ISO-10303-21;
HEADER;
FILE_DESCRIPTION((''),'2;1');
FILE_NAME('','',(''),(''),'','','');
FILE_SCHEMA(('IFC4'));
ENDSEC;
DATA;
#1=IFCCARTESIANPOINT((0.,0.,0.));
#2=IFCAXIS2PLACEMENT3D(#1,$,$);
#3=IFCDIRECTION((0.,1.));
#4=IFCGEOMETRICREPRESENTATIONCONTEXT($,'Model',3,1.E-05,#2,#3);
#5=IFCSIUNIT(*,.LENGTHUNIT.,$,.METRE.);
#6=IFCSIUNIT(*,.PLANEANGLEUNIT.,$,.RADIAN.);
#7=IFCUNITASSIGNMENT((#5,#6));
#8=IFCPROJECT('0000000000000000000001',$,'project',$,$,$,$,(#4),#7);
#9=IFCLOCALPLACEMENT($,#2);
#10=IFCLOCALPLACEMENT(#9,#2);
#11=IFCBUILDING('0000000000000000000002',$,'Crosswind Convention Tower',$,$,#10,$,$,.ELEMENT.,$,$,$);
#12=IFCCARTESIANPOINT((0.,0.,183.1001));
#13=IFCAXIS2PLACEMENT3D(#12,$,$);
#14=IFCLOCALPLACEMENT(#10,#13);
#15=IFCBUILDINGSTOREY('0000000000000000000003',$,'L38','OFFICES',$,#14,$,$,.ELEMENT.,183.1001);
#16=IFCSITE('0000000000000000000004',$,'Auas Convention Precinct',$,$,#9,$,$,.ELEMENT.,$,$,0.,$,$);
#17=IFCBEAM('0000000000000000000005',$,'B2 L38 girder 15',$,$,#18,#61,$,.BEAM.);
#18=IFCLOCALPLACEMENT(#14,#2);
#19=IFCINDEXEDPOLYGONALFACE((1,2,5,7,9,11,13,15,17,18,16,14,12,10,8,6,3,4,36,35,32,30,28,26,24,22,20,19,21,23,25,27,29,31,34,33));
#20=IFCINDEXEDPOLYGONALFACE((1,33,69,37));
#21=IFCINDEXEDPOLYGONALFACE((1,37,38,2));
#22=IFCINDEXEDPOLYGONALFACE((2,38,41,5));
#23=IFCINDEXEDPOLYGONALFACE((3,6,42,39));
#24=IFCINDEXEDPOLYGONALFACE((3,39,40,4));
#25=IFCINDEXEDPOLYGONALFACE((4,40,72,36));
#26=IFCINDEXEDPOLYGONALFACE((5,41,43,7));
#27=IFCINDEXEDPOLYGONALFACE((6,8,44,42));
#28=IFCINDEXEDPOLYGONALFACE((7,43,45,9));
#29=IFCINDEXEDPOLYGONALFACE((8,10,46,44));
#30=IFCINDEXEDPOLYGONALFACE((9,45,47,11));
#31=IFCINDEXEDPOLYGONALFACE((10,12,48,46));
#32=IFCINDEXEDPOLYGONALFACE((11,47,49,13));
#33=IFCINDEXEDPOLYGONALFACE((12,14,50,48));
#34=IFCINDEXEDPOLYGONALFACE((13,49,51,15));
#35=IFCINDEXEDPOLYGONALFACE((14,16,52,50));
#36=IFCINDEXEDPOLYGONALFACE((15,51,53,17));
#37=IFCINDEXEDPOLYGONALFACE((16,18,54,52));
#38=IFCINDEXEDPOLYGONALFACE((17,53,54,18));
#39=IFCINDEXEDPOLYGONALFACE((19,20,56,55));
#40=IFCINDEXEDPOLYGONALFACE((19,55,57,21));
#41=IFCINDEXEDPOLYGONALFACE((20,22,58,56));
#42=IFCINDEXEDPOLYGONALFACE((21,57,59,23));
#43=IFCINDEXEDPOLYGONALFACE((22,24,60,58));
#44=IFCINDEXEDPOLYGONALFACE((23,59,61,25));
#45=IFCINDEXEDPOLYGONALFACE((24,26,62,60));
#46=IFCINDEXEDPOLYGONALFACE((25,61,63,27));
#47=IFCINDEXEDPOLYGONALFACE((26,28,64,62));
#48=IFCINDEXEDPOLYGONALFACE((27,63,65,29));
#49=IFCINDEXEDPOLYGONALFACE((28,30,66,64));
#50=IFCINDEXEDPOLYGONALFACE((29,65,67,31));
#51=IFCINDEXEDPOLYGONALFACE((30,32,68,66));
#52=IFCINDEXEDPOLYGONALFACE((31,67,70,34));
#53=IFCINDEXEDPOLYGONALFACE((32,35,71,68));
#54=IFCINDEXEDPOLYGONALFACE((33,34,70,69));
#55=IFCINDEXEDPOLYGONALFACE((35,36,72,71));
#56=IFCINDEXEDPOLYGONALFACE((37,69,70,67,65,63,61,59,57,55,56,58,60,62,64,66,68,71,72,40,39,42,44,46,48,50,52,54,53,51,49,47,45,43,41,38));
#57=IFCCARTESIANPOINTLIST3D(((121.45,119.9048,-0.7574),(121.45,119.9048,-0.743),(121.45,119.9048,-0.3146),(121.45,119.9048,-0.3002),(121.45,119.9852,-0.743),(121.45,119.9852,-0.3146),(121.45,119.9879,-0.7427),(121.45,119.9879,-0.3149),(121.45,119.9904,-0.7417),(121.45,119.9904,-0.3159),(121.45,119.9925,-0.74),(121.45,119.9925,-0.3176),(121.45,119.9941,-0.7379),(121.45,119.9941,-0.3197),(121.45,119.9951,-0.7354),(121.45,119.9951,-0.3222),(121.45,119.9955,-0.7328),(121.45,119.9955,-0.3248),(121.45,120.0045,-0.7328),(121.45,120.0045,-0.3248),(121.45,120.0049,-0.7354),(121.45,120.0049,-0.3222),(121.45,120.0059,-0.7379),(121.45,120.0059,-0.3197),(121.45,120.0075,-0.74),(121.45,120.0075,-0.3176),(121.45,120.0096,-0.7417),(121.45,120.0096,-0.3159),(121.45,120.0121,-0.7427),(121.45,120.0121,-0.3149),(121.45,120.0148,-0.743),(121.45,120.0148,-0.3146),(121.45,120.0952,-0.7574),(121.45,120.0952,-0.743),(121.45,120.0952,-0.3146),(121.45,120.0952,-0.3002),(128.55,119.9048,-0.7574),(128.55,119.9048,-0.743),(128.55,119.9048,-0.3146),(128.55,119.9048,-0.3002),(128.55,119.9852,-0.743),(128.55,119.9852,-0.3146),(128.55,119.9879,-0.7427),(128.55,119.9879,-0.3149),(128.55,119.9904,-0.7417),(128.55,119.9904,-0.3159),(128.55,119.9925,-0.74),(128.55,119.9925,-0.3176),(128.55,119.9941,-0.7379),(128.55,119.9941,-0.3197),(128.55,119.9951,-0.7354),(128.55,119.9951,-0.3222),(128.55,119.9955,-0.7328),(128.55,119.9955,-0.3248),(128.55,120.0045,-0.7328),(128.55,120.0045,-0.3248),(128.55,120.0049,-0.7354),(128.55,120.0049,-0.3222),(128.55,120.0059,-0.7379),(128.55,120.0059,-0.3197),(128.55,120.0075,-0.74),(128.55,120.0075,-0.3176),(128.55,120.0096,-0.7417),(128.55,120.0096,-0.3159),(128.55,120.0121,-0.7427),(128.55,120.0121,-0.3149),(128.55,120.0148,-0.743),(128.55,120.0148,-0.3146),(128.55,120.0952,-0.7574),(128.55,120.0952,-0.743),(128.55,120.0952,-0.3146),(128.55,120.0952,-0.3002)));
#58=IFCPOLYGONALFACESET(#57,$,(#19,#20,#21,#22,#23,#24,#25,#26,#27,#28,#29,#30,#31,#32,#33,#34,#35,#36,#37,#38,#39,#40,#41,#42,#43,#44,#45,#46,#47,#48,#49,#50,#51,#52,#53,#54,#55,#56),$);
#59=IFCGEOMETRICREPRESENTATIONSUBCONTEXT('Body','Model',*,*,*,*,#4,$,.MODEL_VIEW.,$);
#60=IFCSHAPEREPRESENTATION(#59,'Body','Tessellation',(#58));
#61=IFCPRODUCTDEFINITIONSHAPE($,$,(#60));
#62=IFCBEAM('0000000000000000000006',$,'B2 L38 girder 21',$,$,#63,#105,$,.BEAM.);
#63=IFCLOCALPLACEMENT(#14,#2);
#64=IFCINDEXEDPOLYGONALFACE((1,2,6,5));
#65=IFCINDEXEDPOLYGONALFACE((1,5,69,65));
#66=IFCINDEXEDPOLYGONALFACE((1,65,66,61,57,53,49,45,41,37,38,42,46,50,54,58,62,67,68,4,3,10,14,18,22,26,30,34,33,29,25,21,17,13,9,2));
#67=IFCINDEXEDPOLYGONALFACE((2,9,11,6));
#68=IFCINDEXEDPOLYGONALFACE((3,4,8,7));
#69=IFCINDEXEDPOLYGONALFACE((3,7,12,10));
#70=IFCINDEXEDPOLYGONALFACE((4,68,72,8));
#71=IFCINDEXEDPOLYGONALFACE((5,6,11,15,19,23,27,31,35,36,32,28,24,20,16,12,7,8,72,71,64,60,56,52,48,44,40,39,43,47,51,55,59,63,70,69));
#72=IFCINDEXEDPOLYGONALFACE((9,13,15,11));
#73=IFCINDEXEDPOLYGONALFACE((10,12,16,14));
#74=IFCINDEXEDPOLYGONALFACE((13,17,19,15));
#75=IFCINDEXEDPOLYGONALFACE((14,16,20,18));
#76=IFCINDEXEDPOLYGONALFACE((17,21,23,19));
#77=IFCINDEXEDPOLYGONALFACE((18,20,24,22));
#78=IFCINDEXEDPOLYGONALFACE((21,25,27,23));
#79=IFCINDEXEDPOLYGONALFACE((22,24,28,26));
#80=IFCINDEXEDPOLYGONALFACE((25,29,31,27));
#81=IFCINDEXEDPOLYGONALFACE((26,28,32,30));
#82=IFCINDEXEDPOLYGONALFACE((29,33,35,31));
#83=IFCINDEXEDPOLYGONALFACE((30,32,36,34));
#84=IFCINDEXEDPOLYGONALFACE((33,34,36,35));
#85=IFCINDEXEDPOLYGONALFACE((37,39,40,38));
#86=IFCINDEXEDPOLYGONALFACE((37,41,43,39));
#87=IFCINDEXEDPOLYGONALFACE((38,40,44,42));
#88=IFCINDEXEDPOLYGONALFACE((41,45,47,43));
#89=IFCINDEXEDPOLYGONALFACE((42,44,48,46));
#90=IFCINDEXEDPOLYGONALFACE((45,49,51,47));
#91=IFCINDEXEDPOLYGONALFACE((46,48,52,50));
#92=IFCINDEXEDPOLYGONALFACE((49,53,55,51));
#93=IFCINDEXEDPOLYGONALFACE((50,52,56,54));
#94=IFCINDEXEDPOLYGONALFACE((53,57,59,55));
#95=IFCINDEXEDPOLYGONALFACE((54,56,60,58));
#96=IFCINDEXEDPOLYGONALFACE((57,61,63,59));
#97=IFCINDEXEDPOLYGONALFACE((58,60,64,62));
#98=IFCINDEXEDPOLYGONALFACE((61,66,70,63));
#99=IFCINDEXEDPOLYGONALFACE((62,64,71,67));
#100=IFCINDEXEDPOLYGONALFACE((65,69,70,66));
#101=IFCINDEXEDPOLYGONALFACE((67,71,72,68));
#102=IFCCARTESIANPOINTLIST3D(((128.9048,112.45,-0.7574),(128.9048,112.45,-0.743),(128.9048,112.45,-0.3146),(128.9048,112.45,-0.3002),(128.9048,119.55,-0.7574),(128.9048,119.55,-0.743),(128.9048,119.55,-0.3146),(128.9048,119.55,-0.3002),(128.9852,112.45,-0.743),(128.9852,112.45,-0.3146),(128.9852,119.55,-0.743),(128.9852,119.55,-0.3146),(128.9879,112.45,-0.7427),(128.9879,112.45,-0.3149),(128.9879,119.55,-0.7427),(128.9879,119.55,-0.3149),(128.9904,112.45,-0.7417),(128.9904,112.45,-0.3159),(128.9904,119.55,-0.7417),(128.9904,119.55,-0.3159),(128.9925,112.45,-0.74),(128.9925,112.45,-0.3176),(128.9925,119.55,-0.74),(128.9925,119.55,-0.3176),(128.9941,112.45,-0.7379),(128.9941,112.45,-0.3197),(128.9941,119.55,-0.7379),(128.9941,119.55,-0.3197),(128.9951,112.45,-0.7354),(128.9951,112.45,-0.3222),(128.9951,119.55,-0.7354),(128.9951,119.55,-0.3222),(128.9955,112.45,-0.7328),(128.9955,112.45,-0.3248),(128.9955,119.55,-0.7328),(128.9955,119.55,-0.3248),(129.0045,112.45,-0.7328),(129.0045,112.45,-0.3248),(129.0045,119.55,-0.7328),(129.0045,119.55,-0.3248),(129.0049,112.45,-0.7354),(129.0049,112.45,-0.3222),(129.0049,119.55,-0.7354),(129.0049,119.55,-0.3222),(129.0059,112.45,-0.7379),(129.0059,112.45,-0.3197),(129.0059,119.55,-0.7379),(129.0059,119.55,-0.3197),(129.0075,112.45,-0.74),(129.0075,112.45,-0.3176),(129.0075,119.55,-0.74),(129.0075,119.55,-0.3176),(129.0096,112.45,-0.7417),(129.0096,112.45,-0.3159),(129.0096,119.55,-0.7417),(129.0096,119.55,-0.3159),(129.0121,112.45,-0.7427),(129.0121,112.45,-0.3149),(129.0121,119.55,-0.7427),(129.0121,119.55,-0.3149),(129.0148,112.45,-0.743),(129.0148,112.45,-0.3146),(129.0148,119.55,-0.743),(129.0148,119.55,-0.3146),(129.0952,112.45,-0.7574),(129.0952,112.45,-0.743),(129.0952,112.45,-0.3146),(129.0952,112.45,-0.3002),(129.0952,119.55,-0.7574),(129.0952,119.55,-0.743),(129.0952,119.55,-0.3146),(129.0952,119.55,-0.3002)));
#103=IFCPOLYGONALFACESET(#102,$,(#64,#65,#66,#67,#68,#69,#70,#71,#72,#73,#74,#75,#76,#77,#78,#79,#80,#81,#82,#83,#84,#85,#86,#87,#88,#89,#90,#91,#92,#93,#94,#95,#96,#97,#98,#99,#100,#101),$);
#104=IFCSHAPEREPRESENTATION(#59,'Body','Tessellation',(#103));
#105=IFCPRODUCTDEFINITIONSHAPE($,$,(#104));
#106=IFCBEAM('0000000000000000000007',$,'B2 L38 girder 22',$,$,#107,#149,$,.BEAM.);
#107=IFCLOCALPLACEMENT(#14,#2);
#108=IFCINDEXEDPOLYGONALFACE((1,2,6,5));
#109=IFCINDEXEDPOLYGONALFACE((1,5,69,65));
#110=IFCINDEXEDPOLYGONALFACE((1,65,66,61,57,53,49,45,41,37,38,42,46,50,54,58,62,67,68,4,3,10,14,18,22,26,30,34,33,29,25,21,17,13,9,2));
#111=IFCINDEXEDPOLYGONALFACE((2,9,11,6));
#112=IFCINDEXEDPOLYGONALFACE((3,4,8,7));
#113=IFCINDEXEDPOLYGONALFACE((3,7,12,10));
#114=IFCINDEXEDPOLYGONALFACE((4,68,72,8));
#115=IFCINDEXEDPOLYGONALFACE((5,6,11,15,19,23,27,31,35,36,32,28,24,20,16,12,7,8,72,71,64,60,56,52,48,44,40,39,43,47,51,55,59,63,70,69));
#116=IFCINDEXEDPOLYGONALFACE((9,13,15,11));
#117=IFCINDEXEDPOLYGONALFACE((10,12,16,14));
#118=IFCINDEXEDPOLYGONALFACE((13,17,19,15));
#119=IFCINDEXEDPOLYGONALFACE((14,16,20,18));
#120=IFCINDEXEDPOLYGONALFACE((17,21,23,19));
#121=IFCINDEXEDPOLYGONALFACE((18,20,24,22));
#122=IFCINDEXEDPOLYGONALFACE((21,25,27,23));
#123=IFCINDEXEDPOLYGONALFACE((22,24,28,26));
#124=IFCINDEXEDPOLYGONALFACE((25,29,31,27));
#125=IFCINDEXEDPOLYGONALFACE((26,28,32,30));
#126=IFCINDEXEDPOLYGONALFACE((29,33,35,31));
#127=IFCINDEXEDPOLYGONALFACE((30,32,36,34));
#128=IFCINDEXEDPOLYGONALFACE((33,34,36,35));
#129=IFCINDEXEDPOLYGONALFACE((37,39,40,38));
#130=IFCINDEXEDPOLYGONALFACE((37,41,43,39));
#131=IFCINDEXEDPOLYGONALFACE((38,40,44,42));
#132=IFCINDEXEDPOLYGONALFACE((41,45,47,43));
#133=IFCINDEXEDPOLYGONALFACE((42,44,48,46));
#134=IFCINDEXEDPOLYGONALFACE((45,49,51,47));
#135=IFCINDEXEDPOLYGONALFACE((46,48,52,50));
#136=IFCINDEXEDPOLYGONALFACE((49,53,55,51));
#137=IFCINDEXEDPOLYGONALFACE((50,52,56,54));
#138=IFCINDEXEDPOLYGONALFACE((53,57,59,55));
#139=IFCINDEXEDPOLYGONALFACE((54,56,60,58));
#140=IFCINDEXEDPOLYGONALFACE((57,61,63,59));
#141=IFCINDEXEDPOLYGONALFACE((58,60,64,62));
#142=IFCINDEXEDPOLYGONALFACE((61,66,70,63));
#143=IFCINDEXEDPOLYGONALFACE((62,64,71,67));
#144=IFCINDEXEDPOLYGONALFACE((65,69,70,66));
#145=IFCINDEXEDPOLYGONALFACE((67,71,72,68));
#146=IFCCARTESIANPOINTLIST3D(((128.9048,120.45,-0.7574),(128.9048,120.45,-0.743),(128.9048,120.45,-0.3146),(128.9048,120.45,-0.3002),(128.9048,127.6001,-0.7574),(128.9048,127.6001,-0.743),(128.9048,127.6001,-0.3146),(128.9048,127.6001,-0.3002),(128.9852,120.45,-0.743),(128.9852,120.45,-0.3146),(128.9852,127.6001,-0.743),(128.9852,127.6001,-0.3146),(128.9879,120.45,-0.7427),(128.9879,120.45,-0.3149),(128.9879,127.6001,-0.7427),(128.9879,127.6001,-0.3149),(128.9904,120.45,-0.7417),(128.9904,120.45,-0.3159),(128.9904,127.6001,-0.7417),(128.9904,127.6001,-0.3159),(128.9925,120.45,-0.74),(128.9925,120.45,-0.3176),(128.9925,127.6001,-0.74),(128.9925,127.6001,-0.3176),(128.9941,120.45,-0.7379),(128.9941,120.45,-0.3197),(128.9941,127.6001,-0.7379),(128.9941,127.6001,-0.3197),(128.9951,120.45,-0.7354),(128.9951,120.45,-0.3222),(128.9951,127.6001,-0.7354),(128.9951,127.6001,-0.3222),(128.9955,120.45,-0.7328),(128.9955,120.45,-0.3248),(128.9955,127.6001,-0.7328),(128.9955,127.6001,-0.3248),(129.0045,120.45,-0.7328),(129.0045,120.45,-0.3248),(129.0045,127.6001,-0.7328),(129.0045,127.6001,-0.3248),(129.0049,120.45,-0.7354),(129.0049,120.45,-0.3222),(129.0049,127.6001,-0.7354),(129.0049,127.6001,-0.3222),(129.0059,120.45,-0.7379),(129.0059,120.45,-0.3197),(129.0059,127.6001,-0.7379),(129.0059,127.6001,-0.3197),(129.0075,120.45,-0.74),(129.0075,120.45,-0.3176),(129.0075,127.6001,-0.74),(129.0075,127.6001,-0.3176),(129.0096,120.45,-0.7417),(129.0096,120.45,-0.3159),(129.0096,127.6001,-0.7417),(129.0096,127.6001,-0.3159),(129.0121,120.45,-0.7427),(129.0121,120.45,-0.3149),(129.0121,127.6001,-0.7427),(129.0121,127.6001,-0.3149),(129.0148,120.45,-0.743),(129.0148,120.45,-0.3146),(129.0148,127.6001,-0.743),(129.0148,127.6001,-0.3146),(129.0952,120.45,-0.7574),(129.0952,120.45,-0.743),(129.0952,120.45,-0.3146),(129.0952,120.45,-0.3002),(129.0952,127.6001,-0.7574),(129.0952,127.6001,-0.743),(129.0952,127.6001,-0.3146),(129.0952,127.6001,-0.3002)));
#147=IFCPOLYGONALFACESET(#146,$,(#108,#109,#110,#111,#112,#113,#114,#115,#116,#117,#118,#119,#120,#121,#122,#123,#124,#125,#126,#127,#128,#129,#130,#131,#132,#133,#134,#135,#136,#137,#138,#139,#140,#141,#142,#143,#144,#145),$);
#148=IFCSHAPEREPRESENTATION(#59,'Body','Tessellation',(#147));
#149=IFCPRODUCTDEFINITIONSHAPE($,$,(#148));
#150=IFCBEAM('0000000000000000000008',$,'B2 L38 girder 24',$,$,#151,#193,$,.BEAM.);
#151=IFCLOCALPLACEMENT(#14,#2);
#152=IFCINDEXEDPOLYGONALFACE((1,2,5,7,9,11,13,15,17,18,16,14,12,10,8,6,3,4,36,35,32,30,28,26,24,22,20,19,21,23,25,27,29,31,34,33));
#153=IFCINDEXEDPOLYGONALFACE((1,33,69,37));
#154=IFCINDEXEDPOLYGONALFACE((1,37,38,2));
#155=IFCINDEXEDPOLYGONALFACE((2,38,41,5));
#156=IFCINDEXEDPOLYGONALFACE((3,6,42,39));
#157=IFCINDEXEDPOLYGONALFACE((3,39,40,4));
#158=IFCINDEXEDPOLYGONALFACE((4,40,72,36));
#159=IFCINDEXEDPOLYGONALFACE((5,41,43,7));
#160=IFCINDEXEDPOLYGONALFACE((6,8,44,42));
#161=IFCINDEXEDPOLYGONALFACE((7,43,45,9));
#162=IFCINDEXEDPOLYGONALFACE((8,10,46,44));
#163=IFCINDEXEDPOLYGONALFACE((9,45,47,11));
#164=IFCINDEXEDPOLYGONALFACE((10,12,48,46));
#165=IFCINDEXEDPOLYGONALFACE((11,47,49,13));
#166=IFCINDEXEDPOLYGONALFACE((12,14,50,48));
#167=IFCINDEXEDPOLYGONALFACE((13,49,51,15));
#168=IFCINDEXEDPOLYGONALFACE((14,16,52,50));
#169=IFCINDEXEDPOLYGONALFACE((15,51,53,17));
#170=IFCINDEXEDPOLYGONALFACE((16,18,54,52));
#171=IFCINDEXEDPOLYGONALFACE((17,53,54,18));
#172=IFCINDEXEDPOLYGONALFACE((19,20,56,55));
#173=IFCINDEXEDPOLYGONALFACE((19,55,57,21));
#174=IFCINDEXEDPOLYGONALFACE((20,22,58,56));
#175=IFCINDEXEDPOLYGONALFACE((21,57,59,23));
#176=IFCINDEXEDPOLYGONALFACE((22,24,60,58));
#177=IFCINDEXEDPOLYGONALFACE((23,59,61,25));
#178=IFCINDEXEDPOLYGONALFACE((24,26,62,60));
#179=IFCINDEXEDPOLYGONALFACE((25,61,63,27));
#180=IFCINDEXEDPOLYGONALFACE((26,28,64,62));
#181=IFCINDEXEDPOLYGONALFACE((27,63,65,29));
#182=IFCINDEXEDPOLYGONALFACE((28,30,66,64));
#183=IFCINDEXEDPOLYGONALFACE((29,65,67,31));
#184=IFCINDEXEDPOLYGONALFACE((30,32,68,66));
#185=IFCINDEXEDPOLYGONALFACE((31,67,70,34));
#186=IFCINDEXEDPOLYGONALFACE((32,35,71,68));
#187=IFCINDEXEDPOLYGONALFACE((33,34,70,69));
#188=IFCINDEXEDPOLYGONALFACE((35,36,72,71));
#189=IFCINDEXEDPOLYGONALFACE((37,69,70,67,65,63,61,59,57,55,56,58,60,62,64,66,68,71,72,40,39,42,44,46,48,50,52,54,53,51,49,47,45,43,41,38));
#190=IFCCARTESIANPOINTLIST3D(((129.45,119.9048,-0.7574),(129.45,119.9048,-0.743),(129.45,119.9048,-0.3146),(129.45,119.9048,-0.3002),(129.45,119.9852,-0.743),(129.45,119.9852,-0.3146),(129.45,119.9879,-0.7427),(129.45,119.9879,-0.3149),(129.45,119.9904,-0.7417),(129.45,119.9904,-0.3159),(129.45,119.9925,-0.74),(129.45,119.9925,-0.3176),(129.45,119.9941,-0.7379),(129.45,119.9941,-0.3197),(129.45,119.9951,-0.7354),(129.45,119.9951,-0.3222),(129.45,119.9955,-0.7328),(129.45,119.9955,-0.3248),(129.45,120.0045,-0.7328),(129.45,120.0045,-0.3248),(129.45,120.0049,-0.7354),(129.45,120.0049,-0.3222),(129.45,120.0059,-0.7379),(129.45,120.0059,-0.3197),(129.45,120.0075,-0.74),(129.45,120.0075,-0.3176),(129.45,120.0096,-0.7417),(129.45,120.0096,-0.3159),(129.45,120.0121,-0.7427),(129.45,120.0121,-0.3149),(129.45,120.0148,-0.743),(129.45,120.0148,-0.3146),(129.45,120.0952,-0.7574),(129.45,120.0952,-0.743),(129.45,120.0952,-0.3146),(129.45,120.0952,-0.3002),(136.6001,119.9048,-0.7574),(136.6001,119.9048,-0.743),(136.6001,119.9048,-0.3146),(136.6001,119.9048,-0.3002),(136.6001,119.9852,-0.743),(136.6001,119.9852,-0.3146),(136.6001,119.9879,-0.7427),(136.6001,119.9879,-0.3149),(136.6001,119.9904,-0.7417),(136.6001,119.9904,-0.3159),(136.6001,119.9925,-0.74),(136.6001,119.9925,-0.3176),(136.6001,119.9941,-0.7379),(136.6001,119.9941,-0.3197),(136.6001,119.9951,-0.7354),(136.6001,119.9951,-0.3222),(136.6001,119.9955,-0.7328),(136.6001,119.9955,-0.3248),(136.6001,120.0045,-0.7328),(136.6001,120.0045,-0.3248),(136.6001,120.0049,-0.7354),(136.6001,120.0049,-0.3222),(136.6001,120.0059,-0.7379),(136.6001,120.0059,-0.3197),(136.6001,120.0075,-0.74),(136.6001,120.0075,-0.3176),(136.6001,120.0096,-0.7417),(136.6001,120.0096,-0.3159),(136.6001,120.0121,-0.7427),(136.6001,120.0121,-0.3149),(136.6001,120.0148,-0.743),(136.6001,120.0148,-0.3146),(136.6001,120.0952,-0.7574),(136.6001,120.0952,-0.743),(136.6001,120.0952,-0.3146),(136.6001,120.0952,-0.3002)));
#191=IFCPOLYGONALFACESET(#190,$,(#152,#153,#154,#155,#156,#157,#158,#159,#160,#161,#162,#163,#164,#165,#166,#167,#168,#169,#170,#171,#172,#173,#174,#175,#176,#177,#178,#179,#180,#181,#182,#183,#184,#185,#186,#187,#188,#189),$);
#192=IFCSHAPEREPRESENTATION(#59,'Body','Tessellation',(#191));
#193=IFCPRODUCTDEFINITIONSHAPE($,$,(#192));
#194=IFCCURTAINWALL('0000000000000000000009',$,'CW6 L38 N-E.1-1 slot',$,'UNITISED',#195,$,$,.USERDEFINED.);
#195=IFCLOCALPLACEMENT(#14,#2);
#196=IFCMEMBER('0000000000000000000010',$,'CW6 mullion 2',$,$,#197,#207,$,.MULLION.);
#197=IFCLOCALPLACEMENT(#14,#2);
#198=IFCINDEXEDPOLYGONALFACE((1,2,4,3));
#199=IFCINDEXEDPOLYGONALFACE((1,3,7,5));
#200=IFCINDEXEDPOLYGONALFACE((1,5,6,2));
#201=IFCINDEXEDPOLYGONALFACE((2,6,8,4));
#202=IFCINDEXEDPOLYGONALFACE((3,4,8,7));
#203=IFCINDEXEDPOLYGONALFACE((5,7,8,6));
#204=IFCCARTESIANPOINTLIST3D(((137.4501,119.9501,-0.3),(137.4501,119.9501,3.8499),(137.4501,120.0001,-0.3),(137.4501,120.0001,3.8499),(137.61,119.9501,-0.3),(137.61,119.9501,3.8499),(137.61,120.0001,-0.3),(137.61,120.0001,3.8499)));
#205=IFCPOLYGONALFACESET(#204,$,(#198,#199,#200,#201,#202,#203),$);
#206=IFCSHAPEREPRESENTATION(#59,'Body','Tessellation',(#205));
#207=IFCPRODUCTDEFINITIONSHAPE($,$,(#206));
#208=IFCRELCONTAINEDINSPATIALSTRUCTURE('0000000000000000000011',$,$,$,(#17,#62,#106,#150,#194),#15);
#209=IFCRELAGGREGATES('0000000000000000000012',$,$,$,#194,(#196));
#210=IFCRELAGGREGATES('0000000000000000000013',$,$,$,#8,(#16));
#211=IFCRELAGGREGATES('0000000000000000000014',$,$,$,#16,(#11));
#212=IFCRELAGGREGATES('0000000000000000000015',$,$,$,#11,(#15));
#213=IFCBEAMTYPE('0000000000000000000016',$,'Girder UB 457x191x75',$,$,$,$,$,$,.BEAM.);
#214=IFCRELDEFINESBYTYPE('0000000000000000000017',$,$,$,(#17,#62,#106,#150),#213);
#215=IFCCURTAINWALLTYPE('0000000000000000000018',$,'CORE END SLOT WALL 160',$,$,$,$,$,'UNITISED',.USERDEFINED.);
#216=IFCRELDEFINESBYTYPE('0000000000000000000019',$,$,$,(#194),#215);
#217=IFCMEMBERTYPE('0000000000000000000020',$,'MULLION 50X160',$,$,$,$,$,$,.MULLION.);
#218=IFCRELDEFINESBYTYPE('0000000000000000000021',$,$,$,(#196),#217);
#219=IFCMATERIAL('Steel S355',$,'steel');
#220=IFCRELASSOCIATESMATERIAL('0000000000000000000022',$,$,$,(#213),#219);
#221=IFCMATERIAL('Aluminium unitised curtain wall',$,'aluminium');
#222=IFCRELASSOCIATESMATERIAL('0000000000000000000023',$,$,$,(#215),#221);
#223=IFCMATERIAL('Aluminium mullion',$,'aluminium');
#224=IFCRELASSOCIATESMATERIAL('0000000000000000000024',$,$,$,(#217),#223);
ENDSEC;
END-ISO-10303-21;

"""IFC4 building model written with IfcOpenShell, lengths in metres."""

from ifc_helpers import new_model, si_unit, direction, frame, origin, origin_2d, place, context, subcontext, project, spatial, rectangle, i_section, extrude, material, material_profile, profile_set, type_object, element, aggregate, save


model = new_model("IFC4")

# Units and contexts
model_context = context("Model", 3, precision=1e-05, world=origin(), true_north=direction((0.0, 1.0)))
body_context = subcontext(model_context, "Body", "Model", "MODEL_VIEW")
ifc_project = project(units=[si_unit("LENGTHUNIT", "METRE"), si_unit("PLANEANGLEUNIT", "RADIAN")], contexts=[model_context])

# Site, building, storey
site_placement = place(None, origin())
site = spatial("IfcSite", under=ifc_project, at=site_placement, Name="Auas Convention Precinct", CompositionType="ELEMENT", RefElevation=0.0)
building_placement = place(site_placement, origin())
building = spatial("IfcBuilding", under=site, at=building_placement, Name="Crosswind Convention Tower", CompositionType="ELEMENT")
storey_placement = place(building_placement, frame((0.0, 0.0, 183.1001)))
storey = spatial("IfcBuildingStorey", under=building, at=storey_placement, Name="L38", Description="OFFICES", CompositionType="ELEMENT", Elevation=183.1001)

# Beams
ifc_material_1 = material(Name="Steel S355", Category="steel")
ifc_material_profile_1 = material_profile(ifc_material_1, i_section(OverallWidth=0.1904, OverallDepth=0.4573, WebThickness=0.009, FlangeThickness=0.0144, FilletRadius=0.0103, at=origin_2d()), Name="UB 457x191x75")
ifc_profile_set_1 = profile_set([ifc_material_profile_1], Name="Steel S355")
beam_type_1 = type_object("IfcBeamType", Name="Girder UB 457x191x75", PredefinedType="BEAM", material=ifc_profile_set_1)
for number, where, z_axis, x_axis, name in (
    (1, (121.45, 120.0, -0.5288), (1.0, 0.0, 0.0), (0.0, 1.0, 0.0), "B2 L38 girder 15"),
    (2, (129.0, 112.45, -0.5288), (0.0, 1.0, 0.0), (-1.0, 0.0, 0.0), "B2 L38 girder 21"),
):
    element("IfcBeam", number, at=place(storey_placement, frame(where, z_axis=z_axis, x_axis=x_axis)), inside=storey, type_object=beam_type_1, Name=name, PredefinedType="BEAM", context=body_context, shape_type="SweptSolid", body=[
        extrude(i_section(OverallWidth=0.1904, OverallDepth=0.4573, WebThickness=0.009, FlangeThickness=0.0144, FilletRadius=0.0103, at=origin_2d()), origin(), (0.0, 0.0, 1.0), 7.1001),
    ])
for number, where, z_axis, x_axis, name in (
    (3, (129.0, 120.45, -0.5288), (0.0, 1.0, 0.0), (-1.0, 0.0, 0.0), "B2 L38 girder 22"),
    (4, (129.45, 120.0, -0.5288), (1.0, 0.0, 0.0), (0.0, 1.0, 0.0), "B2 L38 girder 24"),
):
    element("IfcBeam", number, at=place(storey_placement, frame(where, z_axis=z_axis, x_axis=x_axis)), inside=storey, type_object=beam_type_1, Name=name, PredefinedType="BEAM", context=body_context, shape_type="SweptSolid", body=[
        extrude(i_section(OverallWidth=0.1904, OverallDepth=0.4573, WebThickness=0.009, FlangeThickness=0.0144, FilletRadius=0.0103, at=origin_2d()), origin(), (0.0, 0.0, 1.0), 7.1501),
    ])

# Curtain wall, member
ifc_material_2 = material(Name="Aluminium unitised curtain wall", Category="aluminium")
curtain_wall_type_1 = type_object("IfcCurtainWallType", Name="CORE END SLOT WALL 160", ElementType="UNITISED", PredefinedType="USERDEFINED", material=ifc_material_2)
curtain_wall_1_placement = place(storey_placement, origin())
curtain_wall_1 = element("IfcCurtainWall", 5, at=curtain_wall_1_placement, inside=storey, type_object=curtain_wall_type_1, Name="CW6 L38 N-E.1-1 slot", ObjectType="UNITISED", PredefinedType="USERDEFINED")
ifc_material_3 = material(Name="Aluminium mullion", Category="aluminium")
ifc_material_profile_2 = material_profile(ifc_material_3, rectangle(XDim=0.1599, YDim=0.05, at=origin_2d()), Name="AL 160X50")
ifc_profile_set_2 = profile_set([ifc_material_profile_2], Name="Aluminium mullion")
member_type_1 = type_object("IfcMemberType", Name="MULLION 50X160", PredefinedType="MULLION", material=ifc_profile_set_2)
member_1_placement = place(storey_placement, frame((137.53, 119.9751, -0.3), z_axis=(0.0, 0.0, 1.0), x_axis=(1.0, 0.0, 0.0)))
member_1 = element("IfcMember", 6, at=member_1_placement, type_object=member_type_1, Name="CW6 mullion 2", PredefinedType="MULLION", context=body_context, shape_type="SweptSolid", body=[
    extrude(rectangle(XDim=0.1599, YDim=0.05, at=origin_2d()), origin(), (0.0, 0.0, 1.0), 4.1499),
])

aggregate(curtain_wall_1, [member_1])

save(model, "model.ifc")
